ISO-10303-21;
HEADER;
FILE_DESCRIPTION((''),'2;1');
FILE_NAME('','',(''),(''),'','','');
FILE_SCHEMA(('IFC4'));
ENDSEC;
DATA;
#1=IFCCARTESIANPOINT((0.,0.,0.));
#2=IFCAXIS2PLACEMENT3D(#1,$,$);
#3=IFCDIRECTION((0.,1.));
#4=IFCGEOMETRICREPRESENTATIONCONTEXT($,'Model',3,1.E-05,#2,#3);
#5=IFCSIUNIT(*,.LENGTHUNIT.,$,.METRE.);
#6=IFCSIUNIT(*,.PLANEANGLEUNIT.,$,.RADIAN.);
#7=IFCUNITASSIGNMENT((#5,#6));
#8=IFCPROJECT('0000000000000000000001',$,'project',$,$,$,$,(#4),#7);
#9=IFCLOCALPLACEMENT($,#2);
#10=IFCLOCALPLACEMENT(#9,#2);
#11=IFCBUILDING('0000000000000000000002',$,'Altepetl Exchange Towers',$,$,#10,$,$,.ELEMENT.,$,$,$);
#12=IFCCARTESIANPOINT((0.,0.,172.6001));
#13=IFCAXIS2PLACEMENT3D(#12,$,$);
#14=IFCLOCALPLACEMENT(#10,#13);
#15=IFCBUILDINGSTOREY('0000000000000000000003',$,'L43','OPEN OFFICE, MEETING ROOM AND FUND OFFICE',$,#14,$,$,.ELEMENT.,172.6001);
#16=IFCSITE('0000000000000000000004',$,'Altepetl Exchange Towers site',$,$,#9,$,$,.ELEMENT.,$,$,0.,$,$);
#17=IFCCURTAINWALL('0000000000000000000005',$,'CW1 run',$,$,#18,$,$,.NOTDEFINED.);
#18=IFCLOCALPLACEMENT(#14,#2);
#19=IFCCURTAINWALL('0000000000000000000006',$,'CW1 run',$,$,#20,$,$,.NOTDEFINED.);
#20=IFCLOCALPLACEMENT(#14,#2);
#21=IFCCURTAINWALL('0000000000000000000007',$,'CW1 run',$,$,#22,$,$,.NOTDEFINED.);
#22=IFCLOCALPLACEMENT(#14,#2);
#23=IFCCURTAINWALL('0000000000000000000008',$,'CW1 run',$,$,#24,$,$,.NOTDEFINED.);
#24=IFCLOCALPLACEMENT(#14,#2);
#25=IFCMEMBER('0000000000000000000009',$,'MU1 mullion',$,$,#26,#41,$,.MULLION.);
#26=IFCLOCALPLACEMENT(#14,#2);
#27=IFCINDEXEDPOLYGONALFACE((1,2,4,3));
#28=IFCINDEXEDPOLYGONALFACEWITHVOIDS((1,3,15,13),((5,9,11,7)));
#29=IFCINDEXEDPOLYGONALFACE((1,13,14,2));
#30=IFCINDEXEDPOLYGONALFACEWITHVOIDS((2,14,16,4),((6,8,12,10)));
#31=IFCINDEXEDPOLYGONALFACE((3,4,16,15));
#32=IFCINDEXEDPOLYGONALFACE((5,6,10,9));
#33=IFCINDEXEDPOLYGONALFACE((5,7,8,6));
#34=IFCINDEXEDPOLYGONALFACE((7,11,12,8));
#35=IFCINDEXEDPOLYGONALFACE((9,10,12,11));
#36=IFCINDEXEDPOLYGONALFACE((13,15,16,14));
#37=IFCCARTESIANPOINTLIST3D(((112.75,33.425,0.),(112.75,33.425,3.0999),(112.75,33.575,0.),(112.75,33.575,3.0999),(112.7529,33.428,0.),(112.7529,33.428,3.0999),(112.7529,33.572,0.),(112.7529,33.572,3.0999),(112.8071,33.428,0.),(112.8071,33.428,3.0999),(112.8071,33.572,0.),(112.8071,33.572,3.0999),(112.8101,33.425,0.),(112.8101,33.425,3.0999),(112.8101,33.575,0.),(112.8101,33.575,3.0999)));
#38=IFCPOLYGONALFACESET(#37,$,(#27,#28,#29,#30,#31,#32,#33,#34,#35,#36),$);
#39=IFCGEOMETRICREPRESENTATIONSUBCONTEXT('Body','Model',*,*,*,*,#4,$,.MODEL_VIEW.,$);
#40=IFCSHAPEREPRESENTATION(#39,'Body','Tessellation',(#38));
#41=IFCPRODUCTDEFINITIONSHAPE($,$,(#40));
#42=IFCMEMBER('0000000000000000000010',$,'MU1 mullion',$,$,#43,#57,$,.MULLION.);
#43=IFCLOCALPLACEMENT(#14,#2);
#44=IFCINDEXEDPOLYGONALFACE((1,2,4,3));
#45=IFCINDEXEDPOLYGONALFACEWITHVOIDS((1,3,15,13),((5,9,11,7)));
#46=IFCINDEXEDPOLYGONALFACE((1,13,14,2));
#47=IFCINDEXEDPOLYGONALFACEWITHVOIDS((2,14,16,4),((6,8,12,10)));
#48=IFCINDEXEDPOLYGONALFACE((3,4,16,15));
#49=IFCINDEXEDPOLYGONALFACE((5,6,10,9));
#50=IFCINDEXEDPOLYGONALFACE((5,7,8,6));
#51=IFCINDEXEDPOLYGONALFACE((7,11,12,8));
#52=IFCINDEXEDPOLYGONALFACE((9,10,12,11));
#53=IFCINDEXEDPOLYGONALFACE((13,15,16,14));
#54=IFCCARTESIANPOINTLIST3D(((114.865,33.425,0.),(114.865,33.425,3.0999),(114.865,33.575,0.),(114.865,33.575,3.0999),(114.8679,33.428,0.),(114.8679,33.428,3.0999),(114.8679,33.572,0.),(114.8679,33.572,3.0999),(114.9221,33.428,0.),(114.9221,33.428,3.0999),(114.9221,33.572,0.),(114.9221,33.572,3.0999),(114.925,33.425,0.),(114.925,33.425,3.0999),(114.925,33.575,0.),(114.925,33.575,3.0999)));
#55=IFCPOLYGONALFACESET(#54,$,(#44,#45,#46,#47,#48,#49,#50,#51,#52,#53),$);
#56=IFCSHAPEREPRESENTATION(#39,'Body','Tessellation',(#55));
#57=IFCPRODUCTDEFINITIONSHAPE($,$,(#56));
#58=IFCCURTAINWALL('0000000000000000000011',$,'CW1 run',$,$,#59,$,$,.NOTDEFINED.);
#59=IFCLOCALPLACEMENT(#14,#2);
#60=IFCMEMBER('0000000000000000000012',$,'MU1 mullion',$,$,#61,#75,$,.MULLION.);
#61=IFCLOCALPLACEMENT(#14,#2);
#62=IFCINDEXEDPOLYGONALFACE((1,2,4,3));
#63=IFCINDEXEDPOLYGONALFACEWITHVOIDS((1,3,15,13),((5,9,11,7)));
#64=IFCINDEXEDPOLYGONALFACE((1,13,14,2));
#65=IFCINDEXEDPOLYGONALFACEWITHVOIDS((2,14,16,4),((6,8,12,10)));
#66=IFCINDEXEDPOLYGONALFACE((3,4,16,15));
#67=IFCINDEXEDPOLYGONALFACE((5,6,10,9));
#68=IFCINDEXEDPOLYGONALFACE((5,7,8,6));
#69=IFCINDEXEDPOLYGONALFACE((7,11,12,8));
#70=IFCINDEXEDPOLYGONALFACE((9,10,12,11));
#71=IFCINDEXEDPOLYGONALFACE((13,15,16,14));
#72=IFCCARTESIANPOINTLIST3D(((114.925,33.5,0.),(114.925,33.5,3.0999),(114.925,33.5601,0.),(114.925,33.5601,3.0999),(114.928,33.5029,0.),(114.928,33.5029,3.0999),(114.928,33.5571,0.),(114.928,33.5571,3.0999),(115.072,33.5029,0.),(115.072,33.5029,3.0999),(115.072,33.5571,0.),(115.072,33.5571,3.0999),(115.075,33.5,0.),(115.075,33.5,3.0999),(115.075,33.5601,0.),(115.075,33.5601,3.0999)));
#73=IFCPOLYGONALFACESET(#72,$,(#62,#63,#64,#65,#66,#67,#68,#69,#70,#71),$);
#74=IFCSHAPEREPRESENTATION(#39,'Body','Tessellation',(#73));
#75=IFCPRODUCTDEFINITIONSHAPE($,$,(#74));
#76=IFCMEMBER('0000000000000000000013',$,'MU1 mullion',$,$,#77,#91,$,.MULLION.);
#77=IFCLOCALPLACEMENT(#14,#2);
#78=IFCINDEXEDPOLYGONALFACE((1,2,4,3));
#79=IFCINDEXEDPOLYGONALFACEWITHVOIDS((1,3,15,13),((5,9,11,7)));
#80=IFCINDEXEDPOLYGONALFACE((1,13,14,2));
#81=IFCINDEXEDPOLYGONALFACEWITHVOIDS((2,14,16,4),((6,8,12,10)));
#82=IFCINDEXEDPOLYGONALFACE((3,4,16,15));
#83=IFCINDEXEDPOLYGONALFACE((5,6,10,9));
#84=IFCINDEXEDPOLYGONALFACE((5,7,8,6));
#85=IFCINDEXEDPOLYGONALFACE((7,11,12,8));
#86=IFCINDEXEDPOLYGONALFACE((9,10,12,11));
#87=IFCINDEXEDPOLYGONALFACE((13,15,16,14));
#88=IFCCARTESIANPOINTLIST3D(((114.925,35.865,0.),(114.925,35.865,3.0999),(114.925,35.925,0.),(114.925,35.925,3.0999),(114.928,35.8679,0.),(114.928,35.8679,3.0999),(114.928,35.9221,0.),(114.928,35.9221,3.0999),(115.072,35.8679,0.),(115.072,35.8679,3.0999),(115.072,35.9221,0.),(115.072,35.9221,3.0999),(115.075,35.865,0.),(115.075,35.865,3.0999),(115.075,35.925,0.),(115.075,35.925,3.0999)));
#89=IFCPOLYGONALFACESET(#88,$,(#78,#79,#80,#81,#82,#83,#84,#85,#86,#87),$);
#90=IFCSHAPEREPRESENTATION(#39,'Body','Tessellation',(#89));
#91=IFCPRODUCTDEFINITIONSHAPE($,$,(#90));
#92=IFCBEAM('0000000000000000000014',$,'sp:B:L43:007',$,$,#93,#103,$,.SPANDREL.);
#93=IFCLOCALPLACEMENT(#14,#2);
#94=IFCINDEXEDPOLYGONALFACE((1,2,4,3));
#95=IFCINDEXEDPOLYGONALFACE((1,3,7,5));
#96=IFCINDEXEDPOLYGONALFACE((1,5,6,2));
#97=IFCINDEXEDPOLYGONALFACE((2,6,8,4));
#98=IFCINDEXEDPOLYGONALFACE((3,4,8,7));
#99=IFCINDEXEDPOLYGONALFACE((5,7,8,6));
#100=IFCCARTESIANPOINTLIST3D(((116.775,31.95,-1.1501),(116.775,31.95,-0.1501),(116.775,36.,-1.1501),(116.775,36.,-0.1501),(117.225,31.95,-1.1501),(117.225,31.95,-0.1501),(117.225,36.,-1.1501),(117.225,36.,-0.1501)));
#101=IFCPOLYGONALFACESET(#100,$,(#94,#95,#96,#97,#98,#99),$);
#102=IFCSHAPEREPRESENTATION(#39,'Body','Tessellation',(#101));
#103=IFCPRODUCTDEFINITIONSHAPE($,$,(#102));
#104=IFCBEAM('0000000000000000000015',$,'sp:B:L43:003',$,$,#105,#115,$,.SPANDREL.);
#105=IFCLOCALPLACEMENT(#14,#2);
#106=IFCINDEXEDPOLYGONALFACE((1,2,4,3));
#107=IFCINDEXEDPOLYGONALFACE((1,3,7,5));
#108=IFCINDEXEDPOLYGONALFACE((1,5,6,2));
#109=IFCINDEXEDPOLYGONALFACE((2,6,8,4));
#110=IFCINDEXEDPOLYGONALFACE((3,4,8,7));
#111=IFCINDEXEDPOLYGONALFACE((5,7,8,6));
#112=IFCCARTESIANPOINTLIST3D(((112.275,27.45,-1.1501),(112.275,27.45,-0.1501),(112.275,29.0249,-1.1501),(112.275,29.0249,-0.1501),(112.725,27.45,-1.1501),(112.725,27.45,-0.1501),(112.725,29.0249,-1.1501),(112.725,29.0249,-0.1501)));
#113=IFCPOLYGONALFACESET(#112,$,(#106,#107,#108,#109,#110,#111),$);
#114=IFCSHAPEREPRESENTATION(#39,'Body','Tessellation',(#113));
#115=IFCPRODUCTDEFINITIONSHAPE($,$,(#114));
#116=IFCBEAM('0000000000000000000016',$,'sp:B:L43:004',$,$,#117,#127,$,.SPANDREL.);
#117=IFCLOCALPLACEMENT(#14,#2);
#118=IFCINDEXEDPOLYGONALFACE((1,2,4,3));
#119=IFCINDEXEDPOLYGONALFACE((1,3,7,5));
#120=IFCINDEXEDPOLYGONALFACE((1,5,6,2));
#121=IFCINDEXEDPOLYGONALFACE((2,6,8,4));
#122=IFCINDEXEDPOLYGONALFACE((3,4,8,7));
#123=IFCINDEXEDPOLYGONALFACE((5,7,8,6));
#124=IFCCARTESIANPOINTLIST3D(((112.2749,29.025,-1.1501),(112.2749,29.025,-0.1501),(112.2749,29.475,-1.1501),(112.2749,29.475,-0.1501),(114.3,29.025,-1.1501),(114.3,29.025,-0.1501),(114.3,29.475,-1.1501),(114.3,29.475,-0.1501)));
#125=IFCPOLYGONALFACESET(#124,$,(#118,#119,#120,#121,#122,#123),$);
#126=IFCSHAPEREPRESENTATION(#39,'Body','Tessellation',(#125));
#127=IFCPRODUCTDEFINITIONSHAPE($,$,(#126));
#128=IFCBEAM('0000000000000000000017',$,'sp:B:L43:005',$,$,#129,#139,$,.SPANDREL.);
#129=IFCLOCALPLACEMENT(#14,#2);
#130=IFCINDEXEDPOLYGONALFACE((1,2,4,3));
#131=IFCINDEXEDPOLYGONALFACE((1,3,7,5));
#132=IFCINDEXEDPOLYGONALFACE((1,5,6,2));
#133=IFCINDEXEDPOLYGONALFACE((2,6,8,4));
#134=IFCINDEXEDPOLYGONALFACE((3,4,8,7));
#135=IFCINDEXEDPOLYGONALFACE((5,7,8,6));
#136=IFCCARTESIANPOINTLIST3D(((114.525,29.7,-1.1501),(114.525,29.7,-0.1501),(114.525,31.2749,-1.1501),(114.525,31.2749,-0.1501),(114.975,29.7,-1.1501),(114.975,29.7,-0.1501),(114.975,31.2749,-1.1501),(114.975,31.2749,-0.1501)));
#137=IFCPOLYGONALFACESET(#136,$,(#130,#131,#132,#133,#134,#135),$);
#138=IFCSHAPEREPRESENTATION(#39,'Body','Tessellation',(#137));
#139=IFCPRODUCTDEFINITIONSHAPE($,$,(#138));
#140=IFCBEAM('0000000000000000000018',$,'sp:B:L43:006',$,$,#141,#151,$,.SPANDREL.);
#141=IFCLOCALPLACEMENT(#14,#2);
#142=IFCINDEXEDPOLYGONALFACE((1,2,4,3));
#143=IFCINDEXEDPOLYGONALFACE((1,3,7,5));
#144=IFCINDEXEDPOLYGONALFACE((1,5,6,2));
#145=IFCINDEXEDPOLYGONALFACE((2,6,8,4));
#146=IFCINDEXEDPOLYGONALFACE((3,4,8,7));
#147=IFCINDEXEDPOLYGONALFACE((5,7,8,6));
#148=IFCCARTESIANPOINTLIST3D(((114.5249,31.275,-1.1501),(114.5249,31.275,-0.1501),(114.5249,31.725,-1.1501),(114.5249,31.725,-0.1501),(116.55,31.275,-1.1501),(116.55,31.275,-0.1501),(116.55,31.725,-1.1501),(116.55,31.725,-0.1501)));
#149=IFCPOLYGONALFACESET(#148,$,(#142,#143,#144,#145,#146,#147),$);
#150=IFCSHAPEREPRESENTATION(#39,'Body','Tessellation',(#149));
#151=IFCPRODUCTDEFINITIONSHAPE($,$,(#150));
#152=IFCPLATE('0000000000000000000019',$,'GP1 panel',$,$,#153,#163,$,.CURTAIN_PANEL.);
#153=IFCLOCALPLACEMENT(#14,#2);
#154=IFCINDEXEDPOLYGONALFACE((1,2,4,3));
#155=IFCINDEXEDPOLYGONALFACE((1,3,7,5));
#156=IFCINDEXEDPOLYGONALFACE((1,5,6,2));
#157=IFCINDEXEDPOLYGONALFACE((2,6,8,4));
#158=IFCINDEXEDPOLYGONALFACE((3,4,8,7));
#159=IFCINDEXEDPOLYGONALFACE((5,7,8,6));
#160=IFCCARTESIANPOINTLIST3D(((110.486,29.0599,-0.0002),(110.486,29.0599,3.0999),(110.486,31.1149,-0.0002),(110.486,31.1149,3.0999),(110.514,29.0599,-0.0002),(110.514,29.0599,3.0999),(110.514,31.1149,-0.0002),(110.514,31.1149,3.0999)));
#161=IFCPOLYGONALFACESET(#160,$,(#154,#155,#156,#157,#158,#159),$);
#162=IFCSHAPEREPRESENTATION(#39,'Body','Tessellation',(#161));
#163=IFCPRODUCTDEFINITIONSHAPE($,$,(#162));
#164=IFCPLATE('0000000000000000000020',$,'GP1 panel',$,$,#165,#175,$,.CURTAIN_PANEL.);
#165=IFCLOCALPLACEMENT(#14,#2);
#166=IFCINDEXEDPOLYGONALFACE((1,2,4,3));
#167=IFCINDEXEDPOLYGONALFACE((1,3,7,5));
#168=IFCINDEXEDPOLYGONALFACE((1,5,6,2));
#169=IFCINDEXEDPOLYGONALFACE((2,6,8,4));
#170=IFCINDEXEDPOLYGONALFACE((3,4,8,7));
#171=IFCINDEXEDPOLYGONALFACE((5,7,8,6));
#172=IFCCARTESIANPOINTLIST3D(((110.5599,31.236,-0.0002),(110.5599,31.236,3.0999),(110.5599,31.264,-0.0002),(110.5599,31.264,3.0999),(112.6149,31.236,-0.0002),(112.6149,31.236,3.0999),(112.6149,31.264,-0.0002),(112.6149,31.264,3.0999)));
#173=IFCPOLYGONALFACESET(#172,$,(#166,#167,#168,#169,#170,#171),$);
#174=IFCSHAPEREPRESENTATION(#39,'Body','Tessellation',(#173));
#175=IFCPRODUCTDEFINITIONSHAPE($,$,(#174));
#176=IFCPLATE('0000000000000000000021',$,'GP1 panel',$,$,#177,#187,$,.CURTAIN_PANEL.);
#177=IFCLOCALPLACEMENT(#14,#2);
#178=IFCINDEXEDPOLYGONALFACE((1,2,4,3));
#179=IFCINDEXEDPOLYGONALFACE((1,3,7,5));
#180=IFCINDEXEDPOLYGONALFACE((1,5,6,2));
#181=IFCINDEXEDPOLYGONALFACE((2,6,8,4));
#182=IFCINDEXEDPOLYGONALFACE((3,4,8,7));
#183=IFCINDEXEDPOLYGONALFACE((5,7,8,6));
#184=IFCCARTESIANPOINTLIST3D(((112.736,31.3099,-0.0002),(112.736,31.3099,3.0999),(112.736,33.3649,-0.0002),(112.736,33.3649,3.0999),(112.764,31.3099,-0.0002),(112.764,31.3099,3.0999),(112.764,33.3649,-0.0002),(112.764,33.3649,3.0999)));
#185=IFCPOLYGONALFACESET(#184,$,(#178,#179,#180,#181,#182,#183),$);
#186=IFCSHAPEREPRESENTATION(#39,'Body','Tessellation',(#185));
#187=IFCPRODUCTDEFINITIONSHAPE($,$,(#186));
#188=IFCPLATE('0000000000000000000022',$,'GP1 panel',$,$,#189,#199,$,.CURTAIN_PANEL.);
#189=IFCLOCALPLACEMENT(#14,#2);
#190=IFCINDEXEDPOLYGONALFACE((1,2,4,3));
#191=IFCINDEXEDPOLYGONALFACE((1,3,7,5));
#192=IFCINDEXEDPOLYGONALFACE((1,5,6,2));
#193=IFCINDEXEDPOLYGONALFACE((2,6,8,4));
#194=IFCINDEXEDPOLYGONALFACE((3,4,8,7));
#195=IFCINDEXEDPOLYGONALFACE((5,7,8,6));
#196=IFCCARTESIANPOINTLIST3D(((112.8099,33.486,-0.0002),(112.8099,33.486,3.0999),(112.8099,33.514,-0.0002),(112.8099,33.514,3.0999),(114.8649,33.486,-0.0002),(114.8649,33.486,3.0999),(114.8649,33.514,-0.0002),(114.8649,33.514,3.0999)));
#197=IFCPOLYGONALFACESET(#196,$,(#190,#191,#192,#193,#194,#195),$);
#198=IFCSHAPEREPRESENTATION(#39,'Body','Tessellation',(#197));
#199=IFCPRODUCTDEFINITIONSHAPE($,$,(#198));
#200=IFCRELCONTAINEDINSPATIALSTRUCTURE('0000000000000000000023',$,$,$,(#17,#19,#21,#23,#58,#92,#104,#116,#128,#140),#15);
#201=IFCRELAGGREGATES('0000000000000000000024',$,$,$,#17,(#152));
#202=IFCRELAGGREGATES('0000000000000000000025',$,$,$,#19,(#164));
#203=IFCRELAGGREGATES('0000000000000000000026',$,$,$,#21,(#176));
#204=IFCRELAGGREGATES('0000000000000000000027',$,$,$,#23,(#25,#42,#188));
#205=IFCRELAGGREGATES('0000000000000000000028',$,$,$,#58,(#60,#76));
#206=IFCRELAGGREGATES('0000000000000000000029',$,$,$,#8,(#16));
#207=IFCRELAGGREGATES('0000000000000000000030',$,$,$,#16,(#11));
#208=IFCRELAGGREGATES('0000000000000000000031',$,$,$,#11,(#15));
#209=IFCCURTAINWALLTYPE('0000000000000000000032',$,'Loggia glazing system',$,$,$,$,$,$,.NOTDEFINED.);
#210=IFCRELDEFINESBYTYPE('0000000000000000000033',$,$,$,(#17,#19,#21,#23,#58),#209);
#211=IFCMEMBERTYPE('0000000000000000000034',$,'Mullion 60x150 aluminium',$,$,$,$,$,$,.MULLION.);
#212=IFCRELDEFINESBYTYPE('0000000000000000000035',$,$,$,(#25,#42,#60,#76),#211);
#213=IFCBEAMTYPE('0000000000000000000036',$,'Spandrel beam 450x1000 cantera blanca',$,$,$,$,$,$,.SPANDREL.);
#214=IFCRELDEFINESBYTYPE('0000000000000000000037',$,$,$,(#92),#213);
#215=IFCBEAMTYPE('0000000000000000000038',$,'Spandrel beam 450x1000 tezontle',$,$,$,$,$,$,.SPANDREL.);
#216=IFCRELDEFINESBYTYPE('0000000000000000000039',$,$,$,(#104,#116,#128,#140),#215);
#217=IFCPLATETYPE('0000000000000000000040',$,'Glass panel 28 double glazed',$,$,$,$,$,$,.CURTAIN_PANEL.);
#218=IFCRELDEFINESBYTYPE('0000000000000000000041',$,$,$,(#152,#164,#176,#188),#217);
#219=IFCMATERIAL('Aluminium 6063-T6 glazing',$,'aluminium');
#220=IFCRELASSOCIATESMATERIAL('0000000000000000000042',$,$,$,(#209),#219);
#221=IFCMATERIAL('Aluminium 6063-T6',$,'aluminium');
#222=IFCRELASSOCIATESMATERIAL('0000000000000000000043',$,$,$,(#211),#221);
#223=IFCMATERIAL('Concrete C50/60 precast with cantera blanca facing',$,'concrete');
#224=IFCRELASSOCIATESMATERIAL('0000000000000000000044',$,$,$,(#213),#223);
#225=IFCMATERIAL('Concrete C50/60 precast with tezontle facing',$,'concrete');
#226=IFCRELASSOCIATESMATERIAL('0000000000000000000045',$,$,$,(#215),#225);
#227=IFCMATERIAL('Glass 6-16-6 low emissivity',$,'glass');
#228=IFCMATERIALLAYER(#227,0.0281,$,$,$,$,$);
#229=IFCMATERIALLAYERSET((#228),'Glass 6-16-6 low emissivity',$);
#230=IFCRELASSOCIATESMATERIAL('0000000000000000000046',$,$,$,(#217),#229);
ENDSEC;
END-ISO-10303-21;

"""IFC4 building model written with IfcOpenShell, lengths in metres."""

from ifc_helpers import new_model, si_unit, direction, frame, origin, origin_2d, place, context, subcontext, project, spatial, rectangle, hollow_rectangle, extrude, material, layer, layer_set, material_profile, profile_set, type_object, element, aggregate, save


model = new_model("IFC4")

# Units and contexts
model_context = context("Model", 3, precision=1e-05, world=origin(), true_north=direction((0.0, 1.0)))
body_context = subcontext(model_context, "Body", "Model", "MODEL_VIEW")
ifc_project = project(units=[si_unit("LENGTHUNIT", "METRE"), si_unit("PLANEANGLEUNIT", "RADIAN")], contexts=[model_context])

# Site, building, storey
site_placement = place(None, origin())
site = spatial("IfcSite", under=ifc_project, at=site_placement, Name="Altepetl Exchange Towers site", CompositionType="ELEMENT", RefElevation=0.0)
building_placement = place(site_placement, origin())
building = spatial("IfcBuilding", under=site, at=building_placement, Name="Altepetl Exchange Towers", CompositionType="ELEMENT")
storey_placement = place(building_placement, frame((0.0, 0.0, 172.6001)))
storey = spatial("IfcBuildingStorey", under=building, at=storey_placement, Name="L43", Description="OPEN OFFICE, MEETING ROOM AND FUND OFFICE", CompositionType="ELEMENT", Elevation=172.6001)

# Shared definitions
ifc_material_1 = material(Name="Aluminium 6063-T6 glazing", Category="aluminium")
curtain_wall_type = type_object("IfcCurtainWallType", Name="Loggia glazing system", PredefinedType="NOTDEFINED", material=ifc_material_1)
ifc_material_2 = material(Name="Aluminium 6063-T6", Category="aluminium")
ifc_material_profile_1 = material_profile(ifc_material_2, hollow_rectangle(XDim=0.0601, YDim=0.1499, WallThickness=0.0029, at=origin_2d()), Name="Mullion 60x150 aluminium")
ifc_profile_set_1 = profile_set([ifc_material_profile_1], Name="Aluminium 6063-T6")
member_type = type_object("IfcMemberType", Name="Mullion 60x150 aluminium", PredefinedType="MULLION", material=ifc_profile_set_1)

# Curtain walls, members
curtain_wall_1_placement = place(storey_placement, origin())
curtain_wall_1 = element("IfcCurtainWall", 1, at=curtain_wall_1_placement, inside=storey, type_object=curtain_wall_type, Name="CW1 run", PredefinedType="NOTDEFINED")
curtain_wall_2_placement = place(storey_placement, origin())
curtain_wall_2 = element("IfcCurtainWall", 2, at=curtain_wall_2_placement, inside=storey, type_object=curtain_wall_type, Name="CW1 run", PredefinedType="NOTDEFINED")
curtain_wall_3_placement = place(storey_placement, origin())
curtain_wall_3 = element("IfcCurtainWall", 3, at=curtain_wall_3_placement, inside=storey, type_object=curtain_wall_type, Name="CW1 run", PredefinedType="NOTDEFINED")
curtain_wall_4_placement = place(storey_placement, origin())
curtain_wall_4 = element("IfcCurtainWall", 4, at=curtain_wall_4_placement, inside=storey, type_object=curtain_wall_type, Name="CW1 run", PredefinedType="NOTDEFINED")
member_1_placement = place(storey_placement, frame((112.78, 33.5, 0.0)))
member_1 = element("IfcMember", 5, at=member_1_placement, type_object=member_type, Name="MU1 mullion", PredefinedType="MULLION", context=body_context, shape_type="SweptSolid", body=[
    extrude(hollow_rectangle(XDim=0.0601, YDim=0.1499, WallThickness=0.0029, at=origin_2d()), origin(), (0.0, 0.0, 1.0), 3.0999),
])
member_2_placement = place(storey_placement, frame((114.895, 33.5, 0.0)))
member_2 = element("IfcMember", 6, at=member_2_placement, type_object=member_type, Name="MU1 mullion", PredefinedType="MULLION", context=body_context, shape_type="SweptSolid", body=[
    extrude(hollow_rectangle(XDim=0.0601, YDim=0.1499, WallThickness=0.0029, at=origin_2d()), origin(), (0.0, 0.0, 1.0), 3.0999),
])
curtain_wall_5_placement = place(storey_placement, origin())
curtain_wall_5 = element("IfcCurtainWall", 7, at=curtain_wall_5_placement, inside=storey, type_object=curtain_wall_type, Name="CW1 run", PredefinedType="NOTDEFINED")
member_3_placement = place(storey_placement, frame((115.0, 33.53, 0.0), z_axis=(0.0, 0.0, 1.0), x_axis=(0.0, 1.0, 0.0)))
member_3 = element("IfcMember", 8, at=member_3_placement, type_object=member_type, Name="MU1 mullion", PredefinedType="MULLION", context=body_context, shape_type="SweptSolid", body=[
    extrude(hollow_rectangle(XDim=0.0601, YDim=0.1499, WallThickness=0.0029, at=origin_2d()), origin(), (0.0, 0.0, 1.0), 3.0999),
])
member_4_placement = place(storey_placement, frame((115.0, 35.895, 0.0), z_axis=(0.0, 0.0, 1.0), x_axis=(0.0, 1.0, 0.0)))
member_4 = element("IfcMember", 9, at=member_4_placement, type_object=member_type, Name="MU1 mullion", PredefinedType="MULLION", context=body_context, shape_type="SweptSolid", body=[
    extrude(hollow_rectangle(XDim=0.0601, YDim=0.1499, WallThickness=0.0029, at=origin_2d()), origin(), (0.0, 0.0, 1.0), 3.0999),
])

# Beams
ifc_material_3 = material(Name="Concrete C50/60 precast with cantera blanca facing", Category="concrete")
ifc_material_profile_2 = material_profile(ifc_material_3, rectangle(XDim=0.45, YDim=1.0, at=origin_2d()), Name="450 x 1000")
ifc_profile_set_2 = profile_set([ifc_material_profile_2], Name="Concrete C50/60 precast with cantera blanca facing")
beam_type_1 = type_object("IfcBeamType", Name="Spandrel beam 450x1000 cantera blanca", PredefinedType="SPANDREL", material=ifc_profile_set_2)
beam_1_placement = place(storey_placement, frame((117.0, 31.95, -0.6501), z_axis=(0.0, 1.0, 0.0), x_axis=(-1.0, 0.0, 0.0)))
element("IfcBeam", 10, at=beam_1_placement, inside=storey, type_object=beam_type_1, Name="sp:B:L43:007", PredefinedType="SPANDREL", context=body_context, shape_type="SweptSolid", body=[
    extrude(rectangle(XDim=0.45, YDim=1.0, at=origin_2d()), origin(), (0.0, 0.0, 1.0), 4.05),
])
ifc_material_4 = material(Name="Concrete C50/60 precast with tezontle facing", Category="concrete")
ifc_material_profile_3 = material_profile(ifc_material_4, rectangle(XDim=0.45, YDim=1.0, at=origin_2d()), Name="450 x 1000")
ifc_profile_set_3 = profile_set([ifc_material_profile_3], Name="Concrete C50/60 precast with tezontle facing")
beam_type_2 = type_object("IfcBeamType", Name="Spandrel beam 450x1000 tezontle", PredefinedType="SPANDREL", material=ifc_profile_set_3)
beam_2_placement = place(storey_placement, frame((112.5, 27.45, -0.6501), z_axis=(0.0, 1.0, 0.0), x_axis=(-1.0, 0.0, 0.0)))
element("IfcBeam", 11, at=beam_2_placement, inside=storey, type_object=beam_type_2, Name="sp:B:L43:003", PredefinedType="SPANDREL", context=body_context, shape_type="SweptSolid", body=[
    extrude(rectangle(XDim=0.45, YDim=1.0, at=origin_2d()), origin(), (0.0, 0.0, 1.0), 1.575),
])
beam_3_placement = place(storey_placement, frame((112.2749, 29.25, -0.6501), z_axis=(1.0, 0.0, 0.0), x_axis=(0.0, 1.0, 0.0)))
element("IfcBeam", 12, at=beam_3_placement, inside=storey, type_object=beam_type_2, Name="sp:B:L43:004", PredefinedType="SPANDREL", context=body_context, shape_type="SweptSolid", body=[
    extrude(rectangle(XDim=0.45, YDim=1.0, at=origin_2d()), origin(), (0.0, 0.0, 1.0), 2.0251),
])
beam_4_placement = place(storey_placement, frame((114.75, 29.7, -0.6501), z_axis=(0.0, 1.0, 0.0), x_axis=(-1.0, 0.0, 0.0)))
element("IfcBeam", 13, at=beam_4_placement, inside=storey, type_object=beam_type_2, Name="sp:B:L43:005", PredefinedType="SPANDREL", context=body_context, shape_type="SweptSolid", body=[
    extrude(rectangle(XDim=0.45, YDim=1.0, at=origin_2d()), origin(), (0.0, 0.0, 1.0), 1.575),
])
beam_5_placement = place(storey_placement, frame((114.5249, 31.5, -0.6501), z_axis=(1.0, 0.0, 0.0), x_axis=(0.0, 1.0, 0.0)))
element("IfcBeam", 14, at=beam_5_placement, inside=storey, type_object=beam_type_2, Name="sp:B:L43:006", PredefinedType="SPANDREL", context=body_context, shape_type="SweptSolid", body=[
    extrude(rectangle(XDim=0.45, YDim=1.0, at=origin_2d()), origin(), (0.0, 0.0, 1.0), 2.0251),
])

# Plates
ifc_material_5 = material(Name="Glass 6-16-6 low emissivity", Category="glass")
ifc_layer_1 = layer(ifc_material_5, 0.0281)
ifc_layer_set_1 = layer_set([ifc_layer_1], Name="Glass 6-16-6 low emissivity")
plate_type = type_object("IfcPlateType", Name="Glass panel 28 double glazed", PredefinedType="CURTAIN_PANEL", material=ifc_layer_set_1)
plate_1_placement = place(storey_placement, frame((110.5, 30.0874, -0.0002), z_axis=(0.0, 0.0, 1.0), x_axis=(0.0, 1.0, 0.0)))
plate_1 = element("IfcPlate", 15, at=plate_1_placement, type_object=plate_type, Name="GP1 panel", PredefinedType="CURTAIN_PANEL", context=body_context, shape_type="SweptSolid", body=[
    extrude(rectangle(XDim=2.0549, YDim=0.0281, at=origin_2d()), origin(), (0.0, 0.0, 1.0), 3.1001),
])
aggregate(curtain_wall_1, [plate_1])
plate_2_placement = place(storey_placement, frame((111.5874, 31.25, -0.0002)))
plate_2 = element("IfcPlate", 16, at=plate_2_placement, type_object=plate_type, Name="GP1 panel", PredefinedType="CURTAIN_PANEL", context=body_context, shape_type="SweptSolid", body=[
    extrude(rectangle(XDim=2.0549, YDim=0.0281, at=origin_2d()), origin(), (0.0, 0.0, 1.0), 3.1001),
])
aggregate(curtain_wall_2, [plate_2])
plate_3_placement = place(storey_placement, frame((112.75, 32.3374, -0.0002), z_axis=(0.0, 0.0, 1.0), x_axis=(0.0, 1.0, 0.0)))
plate_3 = element("IfcPlate", 17, at=plate_3_placement, type_object=plate_type, Name="GP1 panel", PredefinedType="CURTAIN_PANEL", context=body_context, shape_type="SweptSolid", body=[
    extrude(rectangle(XDim=2.0549, YDim=0.0281, at=origin_2d()), origin(), (0.0, 0.0, 1.0), 3.1001),
])
aggregate(curtain_wall_3, [plate_3])
plate_4_placement = place(storey_placement, frame((113.8374, 33.5, -0.0002)))
plate_4 = element("IfcPlate", 18, at=plate_4_placement, type_object=plate_type, Name="GP1 panel", PredefinedType="CURTAIN_PANEL", context=body_context, shape_type="SweptSolid", body=[
    extrude(rectangle(XDim=2.0549, YDim=0.0281, at=origin_2d()), origin(), (0.0, 0.0, 1.0), 3.1001),
])
aggregate(curtain_wall_4, [member_1, member_2, plate_4])
aggregate(curtain_wall_5, [member_3, member_4])

save(model, "model.ifc")
